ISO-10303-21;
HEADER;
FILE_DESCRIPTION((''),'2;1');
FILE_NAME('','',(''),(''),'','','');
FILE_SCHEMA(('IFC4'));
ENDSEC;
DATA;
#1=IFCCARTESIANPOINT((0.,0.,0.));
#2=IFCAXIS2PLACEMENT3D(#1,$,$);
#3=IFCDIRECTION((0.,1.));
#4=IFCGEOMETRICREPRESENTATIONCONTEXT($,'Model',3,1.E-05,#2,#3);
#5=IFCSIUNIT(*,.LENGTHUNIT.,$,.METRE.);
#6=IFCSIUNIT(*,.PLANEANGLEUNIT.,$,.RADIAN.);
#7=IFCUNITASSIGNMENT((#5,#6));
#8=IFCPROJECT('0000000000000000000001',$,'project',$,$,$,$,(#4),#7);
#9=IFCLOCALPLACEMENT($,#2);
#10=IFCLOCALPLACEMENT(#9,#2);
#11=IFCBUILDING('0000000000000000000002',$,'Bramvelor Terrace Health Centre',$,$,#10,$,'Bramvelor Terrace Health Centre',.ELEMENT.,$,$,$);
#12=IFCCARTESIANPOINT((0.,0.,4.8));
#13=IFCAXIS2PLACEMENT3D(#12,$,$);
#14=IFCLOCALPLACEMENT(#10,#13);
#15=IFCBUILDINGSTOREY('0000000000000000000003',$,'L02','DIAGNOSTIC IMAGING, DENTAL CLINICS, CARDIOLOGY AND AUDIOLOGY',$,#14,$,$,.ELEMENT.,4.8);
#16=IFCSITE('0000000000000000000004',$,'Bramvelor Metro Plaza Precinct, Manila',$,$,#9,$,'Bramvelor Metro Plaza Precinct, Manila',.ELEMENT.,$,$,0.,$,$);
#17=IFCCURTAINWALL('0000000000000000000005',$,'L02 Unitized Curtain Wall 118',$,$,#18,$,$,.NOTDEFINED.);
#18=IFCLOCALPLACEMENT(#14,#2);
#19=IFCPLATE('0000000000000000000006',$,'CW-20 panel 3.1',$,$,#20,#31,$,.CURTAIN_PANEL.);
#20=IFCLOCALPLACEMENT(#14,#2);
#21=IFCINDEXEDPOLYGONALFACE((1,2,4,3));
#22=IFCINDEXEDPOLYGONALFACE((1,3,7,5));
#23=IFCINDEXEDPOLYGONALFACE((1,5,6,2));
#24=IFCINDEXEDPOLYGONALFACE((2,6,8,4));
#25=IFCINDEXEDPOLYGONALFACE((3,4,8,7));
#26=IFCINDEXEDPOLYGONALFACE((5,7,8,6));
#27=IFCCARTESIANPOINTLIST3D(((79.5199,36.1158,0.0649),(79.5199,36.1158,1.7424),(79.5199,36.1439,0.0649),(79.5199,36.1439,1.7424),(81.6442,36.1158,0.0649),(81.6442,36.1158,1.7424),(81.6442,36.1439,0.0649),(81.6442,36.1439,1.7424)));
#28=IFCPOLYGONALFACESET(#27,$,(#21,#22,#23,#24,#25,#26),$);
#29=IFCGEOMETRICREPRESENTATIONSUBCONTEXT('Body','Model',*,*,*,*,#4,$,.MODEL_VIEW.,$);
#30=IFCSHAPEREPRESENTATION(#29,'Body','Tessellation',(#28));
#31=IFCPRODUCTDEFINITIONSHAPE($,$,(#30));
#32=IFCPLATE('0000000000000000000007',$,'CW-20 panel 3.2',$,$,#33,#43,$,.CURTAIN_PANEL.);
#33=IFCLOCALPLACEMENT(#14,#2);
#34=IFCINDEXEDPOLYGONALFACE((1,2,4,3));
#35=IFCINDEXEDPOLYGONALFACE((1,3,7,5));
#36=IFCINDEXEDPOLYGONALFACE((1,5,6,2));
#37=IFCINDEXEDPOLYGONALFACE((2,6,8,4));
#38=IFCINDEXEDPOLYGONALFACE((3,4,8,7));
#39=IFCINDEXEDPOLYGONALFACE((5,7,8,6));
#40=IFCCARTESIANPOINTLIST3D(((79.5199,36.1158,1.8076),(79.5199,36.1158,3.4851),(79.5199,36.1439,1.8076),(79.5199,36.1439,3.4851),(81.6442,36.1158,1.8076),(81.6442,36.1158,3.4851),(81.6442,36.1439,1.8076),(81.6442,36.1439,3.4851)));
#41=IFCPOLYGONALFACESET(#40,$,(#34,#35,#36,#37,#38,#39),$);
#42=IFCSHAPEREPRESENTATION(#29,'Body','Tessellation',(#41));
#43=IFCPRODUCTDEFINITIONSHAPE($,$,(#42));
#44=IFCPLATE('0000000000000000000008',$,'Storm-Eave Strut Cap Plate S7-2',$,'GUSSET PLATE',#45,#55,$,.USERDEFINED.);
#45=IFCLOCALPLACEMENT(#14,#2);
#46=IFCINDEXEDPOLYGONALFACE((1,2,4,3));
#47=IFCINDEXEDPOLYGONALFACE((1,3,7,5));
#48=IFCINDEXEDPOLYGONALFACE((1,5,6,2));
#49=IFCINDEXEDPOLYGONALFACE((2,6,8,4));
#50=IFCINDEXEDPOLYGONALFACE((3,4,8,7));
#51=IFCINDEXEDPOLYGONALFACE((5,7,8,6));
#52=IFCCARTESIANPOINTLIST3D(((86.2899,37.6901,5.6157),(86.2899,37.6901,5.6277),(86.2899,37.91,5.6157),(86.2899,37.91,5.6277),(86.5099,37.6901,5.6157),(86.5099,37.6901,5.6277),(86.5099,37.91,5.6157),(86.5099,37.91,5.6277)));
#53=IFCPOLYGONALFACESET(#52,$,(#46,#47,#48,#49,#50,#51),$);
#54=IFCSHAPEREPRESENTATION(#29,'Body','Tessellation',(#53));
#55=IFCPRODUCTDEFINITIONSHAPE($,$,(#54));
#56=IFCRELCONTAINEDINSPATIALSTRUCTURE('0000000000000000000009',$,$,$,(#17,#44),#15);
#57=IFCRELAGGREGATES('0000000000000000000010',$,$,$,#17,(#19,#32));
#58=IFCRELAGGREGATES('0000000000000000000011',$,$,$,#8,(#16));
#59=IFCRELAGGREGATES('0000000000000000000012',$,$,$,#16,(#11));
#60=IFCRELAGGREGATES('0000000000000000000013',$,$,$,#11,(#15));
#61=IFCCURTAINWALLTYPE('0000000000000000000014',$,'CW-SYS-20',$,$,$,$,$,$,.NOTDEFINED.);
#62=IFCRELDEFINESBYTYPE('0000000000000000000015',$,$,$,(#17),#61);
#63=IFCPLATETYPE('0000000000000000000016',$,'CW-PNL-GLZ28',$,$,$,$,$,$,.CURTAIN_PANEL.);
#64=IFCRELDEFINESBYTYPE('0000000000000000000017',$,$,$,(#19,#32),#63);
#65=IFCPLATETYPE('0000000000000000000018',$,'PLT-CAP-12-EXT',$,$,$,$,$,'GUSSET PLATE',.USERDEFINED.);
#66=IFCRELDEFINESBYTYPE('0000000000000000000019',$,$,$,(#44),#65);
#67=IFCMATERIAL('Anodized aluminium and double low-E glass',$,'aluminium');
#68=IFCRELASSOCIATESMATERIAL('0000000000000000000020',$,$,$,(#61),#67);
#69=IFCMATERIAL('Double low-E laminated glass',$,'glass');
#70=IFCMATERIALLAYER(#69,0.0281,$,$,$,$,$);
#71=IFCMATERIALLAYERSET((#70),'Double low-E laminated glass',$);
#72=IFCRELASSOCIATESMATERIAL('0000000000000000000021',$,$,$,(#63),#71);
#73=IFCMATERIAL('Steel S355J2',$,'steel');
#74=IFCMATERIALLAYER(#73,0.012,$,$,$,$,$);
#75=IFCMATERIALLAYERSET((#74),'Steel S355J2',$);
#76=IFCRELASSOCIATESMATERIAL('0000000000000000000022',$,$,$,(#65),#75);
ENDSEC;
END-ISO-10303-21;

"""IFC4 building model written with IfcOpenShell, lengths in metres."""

from ifc_helpers import new_model, si_unit, direction, frame, origin, origin_2d, place, context, subcontext, project, spatial, rectangle, extrude, material, layer, layer_set, type_object, element, aggregate, save


model = new_model("IFC4")

# Units and contexts
model_context = context("Model", 3, precision=1e-05, world=origin(), true_north=direction((0.0, 1.0)))
body_context = subcontext(model_context, "Body", "Model", "MODEL_VIEW")
ifc_project = project(units=[si_unit("LENGTHUNIT", "METRE"), si_unit("PLANEANGLEUNIT", "RADIAN")], contexts=[model_context])

# Site, building, storey
site_placement = place(None, origin())
site = spatial("IfcSite", under=ifc_project, at=site_placement, Name="Bramvelor Metro Plaza Precinct, Manila", LongName="Bramvelor Metro Plaza Precinct, Manila", CompositionType="ELEMENT", RefElevation=0.0)
building_placement = place(site_placement, origin())
building = spatial("IfcBuilding", under=site, at=building_placement, Name="Bramvelor Terrace Health Centre", LongName="Bramvelor Terrace Health Centre", CompositionType="ELEMENT")
storey_placement = place(building_placement, frame((0.0, 0.0, 4.8)))
storey = spatial("IfcBuildingStorey", under=building, at=storey_placement, Name="L02", Description="DIAGNOSTIC IMAGING, DENTAL CLINICS, CARDIOLOGY AND AUDIOLOGY", CompositionType="ELEMENT", Elevation=4.8)

# Curtain wall
ifc_material_1 = material(Name="Anodized aluminium and double low-E glass", Category="aluminium")
curtain_wall_type = type_object("IfcCurtainWallType", Name="CW-SYS-20", PredefinedType="NOTDEFINED", material=ifc_material_1)
curtain_wall_1_placement = place(storey_placement, origin())
curtain_wall_1 = element("IfcCurtainWall", 1, at=curtain_wall_1_placement, inside=storey, type_object=curtain_wall_type, Name="L02 Unitized Curtain Wall 118", PredefinedType="NOTDEFINED")

# Plates
ifc_material_2 = material(Name="Double low-E laminated glass", Category="glass")
ifc_layer_1 = layer(ifc_material_2, 0.0281)
ifc_layer_set_1 = layer_set([ifc_layer_1], Name="Double low-E laminated glass")
plate_type_1 = type_object("IfcPlateType", Name="CW-PNL-GLZ28", PredefinedType="CURTAIN_PANEL", material=ifc_layer_set_1)
plate_1_placement = place(storey_placement, frame((80.582, 36.1299, 0.0649), z_axis=(0.0, 0.0, 1.0), x_axis=(-1.0, 0.0, 0.0)))
plate_1 = element("IfcPlate", 2, at=plate_1_placement, type_object=plate_type_1, Name="CW-20 panel 3.1", PredefinedType="CURTAIN_PANEL", context=body_context, shape_type="SweptSolid", body=[
    extrude(rectangle(XDim=2.1243, YDim=0.0281, at=origin_2d()), origin(), (0.0, 0.0, 1.0), 1.6775),
])
plate_2_placement = place(storey_placement, frame((80.582, 36.1299, 1.8076), z_axis=(0.0, 0.0, 1.0), x_axis=(-1.0, 0.0, 0.0)))
plate_2 = element("IfcPlate", 3, at=plate_2_placement, type_object=plate_type_1, Name="CW-20 panel 3.2", PredefinedType="CURTAIN_PANEL", context=body_context, shape_type="SweptSolid", body=[
    extrude(rectangle(XDim=2.1243, YDim=0.0281, at=origin_2d()), origin(), (0.0, 0.0, 1.0), 1.6775),
])
aggregate(curtain_wall_1, [plate_1, plate_2])
ifc_material_3 = material(Name="Steel S355J2", Category="steel")
ifc_layer_2 = layer(ifc_material_3, 0.012)
ifc_layer_set_2 = layer_set([ifc_layer_2], Name="Steel S355J2")
plate_type_2 = type_object("IfcPlateType", Name="PLT-CAP-12-EXT", ElementType="GUSSET PLATE", PredefinedType="USERDEFINED", material=ifc_layer_set_2)
plate_3_placement = place(storey_placement, frame((86.3999, 37.8, 5.6157), z_axis=(0.0, 0.0, 1.0), x_axis=(1.0, 0.0, 0.0)))
element("IfcPlate", 4, at=plate_3_placement, inside=storey, type_object=plate_type_2, Name="Storm-Eave Strut Cap Plate S7-2", ObjectType="GUSSET PLATE", PredefinedType="USERDEFINED", context=body_context, shape_type="SweptSolid", body=[
    extrude(rectangle(XDim=0.22, YDim=0.22, at=origin_2d()), origin(), (0.0, 0.0, 1.0), 0.012),
])

save(model, "model.ifc")
